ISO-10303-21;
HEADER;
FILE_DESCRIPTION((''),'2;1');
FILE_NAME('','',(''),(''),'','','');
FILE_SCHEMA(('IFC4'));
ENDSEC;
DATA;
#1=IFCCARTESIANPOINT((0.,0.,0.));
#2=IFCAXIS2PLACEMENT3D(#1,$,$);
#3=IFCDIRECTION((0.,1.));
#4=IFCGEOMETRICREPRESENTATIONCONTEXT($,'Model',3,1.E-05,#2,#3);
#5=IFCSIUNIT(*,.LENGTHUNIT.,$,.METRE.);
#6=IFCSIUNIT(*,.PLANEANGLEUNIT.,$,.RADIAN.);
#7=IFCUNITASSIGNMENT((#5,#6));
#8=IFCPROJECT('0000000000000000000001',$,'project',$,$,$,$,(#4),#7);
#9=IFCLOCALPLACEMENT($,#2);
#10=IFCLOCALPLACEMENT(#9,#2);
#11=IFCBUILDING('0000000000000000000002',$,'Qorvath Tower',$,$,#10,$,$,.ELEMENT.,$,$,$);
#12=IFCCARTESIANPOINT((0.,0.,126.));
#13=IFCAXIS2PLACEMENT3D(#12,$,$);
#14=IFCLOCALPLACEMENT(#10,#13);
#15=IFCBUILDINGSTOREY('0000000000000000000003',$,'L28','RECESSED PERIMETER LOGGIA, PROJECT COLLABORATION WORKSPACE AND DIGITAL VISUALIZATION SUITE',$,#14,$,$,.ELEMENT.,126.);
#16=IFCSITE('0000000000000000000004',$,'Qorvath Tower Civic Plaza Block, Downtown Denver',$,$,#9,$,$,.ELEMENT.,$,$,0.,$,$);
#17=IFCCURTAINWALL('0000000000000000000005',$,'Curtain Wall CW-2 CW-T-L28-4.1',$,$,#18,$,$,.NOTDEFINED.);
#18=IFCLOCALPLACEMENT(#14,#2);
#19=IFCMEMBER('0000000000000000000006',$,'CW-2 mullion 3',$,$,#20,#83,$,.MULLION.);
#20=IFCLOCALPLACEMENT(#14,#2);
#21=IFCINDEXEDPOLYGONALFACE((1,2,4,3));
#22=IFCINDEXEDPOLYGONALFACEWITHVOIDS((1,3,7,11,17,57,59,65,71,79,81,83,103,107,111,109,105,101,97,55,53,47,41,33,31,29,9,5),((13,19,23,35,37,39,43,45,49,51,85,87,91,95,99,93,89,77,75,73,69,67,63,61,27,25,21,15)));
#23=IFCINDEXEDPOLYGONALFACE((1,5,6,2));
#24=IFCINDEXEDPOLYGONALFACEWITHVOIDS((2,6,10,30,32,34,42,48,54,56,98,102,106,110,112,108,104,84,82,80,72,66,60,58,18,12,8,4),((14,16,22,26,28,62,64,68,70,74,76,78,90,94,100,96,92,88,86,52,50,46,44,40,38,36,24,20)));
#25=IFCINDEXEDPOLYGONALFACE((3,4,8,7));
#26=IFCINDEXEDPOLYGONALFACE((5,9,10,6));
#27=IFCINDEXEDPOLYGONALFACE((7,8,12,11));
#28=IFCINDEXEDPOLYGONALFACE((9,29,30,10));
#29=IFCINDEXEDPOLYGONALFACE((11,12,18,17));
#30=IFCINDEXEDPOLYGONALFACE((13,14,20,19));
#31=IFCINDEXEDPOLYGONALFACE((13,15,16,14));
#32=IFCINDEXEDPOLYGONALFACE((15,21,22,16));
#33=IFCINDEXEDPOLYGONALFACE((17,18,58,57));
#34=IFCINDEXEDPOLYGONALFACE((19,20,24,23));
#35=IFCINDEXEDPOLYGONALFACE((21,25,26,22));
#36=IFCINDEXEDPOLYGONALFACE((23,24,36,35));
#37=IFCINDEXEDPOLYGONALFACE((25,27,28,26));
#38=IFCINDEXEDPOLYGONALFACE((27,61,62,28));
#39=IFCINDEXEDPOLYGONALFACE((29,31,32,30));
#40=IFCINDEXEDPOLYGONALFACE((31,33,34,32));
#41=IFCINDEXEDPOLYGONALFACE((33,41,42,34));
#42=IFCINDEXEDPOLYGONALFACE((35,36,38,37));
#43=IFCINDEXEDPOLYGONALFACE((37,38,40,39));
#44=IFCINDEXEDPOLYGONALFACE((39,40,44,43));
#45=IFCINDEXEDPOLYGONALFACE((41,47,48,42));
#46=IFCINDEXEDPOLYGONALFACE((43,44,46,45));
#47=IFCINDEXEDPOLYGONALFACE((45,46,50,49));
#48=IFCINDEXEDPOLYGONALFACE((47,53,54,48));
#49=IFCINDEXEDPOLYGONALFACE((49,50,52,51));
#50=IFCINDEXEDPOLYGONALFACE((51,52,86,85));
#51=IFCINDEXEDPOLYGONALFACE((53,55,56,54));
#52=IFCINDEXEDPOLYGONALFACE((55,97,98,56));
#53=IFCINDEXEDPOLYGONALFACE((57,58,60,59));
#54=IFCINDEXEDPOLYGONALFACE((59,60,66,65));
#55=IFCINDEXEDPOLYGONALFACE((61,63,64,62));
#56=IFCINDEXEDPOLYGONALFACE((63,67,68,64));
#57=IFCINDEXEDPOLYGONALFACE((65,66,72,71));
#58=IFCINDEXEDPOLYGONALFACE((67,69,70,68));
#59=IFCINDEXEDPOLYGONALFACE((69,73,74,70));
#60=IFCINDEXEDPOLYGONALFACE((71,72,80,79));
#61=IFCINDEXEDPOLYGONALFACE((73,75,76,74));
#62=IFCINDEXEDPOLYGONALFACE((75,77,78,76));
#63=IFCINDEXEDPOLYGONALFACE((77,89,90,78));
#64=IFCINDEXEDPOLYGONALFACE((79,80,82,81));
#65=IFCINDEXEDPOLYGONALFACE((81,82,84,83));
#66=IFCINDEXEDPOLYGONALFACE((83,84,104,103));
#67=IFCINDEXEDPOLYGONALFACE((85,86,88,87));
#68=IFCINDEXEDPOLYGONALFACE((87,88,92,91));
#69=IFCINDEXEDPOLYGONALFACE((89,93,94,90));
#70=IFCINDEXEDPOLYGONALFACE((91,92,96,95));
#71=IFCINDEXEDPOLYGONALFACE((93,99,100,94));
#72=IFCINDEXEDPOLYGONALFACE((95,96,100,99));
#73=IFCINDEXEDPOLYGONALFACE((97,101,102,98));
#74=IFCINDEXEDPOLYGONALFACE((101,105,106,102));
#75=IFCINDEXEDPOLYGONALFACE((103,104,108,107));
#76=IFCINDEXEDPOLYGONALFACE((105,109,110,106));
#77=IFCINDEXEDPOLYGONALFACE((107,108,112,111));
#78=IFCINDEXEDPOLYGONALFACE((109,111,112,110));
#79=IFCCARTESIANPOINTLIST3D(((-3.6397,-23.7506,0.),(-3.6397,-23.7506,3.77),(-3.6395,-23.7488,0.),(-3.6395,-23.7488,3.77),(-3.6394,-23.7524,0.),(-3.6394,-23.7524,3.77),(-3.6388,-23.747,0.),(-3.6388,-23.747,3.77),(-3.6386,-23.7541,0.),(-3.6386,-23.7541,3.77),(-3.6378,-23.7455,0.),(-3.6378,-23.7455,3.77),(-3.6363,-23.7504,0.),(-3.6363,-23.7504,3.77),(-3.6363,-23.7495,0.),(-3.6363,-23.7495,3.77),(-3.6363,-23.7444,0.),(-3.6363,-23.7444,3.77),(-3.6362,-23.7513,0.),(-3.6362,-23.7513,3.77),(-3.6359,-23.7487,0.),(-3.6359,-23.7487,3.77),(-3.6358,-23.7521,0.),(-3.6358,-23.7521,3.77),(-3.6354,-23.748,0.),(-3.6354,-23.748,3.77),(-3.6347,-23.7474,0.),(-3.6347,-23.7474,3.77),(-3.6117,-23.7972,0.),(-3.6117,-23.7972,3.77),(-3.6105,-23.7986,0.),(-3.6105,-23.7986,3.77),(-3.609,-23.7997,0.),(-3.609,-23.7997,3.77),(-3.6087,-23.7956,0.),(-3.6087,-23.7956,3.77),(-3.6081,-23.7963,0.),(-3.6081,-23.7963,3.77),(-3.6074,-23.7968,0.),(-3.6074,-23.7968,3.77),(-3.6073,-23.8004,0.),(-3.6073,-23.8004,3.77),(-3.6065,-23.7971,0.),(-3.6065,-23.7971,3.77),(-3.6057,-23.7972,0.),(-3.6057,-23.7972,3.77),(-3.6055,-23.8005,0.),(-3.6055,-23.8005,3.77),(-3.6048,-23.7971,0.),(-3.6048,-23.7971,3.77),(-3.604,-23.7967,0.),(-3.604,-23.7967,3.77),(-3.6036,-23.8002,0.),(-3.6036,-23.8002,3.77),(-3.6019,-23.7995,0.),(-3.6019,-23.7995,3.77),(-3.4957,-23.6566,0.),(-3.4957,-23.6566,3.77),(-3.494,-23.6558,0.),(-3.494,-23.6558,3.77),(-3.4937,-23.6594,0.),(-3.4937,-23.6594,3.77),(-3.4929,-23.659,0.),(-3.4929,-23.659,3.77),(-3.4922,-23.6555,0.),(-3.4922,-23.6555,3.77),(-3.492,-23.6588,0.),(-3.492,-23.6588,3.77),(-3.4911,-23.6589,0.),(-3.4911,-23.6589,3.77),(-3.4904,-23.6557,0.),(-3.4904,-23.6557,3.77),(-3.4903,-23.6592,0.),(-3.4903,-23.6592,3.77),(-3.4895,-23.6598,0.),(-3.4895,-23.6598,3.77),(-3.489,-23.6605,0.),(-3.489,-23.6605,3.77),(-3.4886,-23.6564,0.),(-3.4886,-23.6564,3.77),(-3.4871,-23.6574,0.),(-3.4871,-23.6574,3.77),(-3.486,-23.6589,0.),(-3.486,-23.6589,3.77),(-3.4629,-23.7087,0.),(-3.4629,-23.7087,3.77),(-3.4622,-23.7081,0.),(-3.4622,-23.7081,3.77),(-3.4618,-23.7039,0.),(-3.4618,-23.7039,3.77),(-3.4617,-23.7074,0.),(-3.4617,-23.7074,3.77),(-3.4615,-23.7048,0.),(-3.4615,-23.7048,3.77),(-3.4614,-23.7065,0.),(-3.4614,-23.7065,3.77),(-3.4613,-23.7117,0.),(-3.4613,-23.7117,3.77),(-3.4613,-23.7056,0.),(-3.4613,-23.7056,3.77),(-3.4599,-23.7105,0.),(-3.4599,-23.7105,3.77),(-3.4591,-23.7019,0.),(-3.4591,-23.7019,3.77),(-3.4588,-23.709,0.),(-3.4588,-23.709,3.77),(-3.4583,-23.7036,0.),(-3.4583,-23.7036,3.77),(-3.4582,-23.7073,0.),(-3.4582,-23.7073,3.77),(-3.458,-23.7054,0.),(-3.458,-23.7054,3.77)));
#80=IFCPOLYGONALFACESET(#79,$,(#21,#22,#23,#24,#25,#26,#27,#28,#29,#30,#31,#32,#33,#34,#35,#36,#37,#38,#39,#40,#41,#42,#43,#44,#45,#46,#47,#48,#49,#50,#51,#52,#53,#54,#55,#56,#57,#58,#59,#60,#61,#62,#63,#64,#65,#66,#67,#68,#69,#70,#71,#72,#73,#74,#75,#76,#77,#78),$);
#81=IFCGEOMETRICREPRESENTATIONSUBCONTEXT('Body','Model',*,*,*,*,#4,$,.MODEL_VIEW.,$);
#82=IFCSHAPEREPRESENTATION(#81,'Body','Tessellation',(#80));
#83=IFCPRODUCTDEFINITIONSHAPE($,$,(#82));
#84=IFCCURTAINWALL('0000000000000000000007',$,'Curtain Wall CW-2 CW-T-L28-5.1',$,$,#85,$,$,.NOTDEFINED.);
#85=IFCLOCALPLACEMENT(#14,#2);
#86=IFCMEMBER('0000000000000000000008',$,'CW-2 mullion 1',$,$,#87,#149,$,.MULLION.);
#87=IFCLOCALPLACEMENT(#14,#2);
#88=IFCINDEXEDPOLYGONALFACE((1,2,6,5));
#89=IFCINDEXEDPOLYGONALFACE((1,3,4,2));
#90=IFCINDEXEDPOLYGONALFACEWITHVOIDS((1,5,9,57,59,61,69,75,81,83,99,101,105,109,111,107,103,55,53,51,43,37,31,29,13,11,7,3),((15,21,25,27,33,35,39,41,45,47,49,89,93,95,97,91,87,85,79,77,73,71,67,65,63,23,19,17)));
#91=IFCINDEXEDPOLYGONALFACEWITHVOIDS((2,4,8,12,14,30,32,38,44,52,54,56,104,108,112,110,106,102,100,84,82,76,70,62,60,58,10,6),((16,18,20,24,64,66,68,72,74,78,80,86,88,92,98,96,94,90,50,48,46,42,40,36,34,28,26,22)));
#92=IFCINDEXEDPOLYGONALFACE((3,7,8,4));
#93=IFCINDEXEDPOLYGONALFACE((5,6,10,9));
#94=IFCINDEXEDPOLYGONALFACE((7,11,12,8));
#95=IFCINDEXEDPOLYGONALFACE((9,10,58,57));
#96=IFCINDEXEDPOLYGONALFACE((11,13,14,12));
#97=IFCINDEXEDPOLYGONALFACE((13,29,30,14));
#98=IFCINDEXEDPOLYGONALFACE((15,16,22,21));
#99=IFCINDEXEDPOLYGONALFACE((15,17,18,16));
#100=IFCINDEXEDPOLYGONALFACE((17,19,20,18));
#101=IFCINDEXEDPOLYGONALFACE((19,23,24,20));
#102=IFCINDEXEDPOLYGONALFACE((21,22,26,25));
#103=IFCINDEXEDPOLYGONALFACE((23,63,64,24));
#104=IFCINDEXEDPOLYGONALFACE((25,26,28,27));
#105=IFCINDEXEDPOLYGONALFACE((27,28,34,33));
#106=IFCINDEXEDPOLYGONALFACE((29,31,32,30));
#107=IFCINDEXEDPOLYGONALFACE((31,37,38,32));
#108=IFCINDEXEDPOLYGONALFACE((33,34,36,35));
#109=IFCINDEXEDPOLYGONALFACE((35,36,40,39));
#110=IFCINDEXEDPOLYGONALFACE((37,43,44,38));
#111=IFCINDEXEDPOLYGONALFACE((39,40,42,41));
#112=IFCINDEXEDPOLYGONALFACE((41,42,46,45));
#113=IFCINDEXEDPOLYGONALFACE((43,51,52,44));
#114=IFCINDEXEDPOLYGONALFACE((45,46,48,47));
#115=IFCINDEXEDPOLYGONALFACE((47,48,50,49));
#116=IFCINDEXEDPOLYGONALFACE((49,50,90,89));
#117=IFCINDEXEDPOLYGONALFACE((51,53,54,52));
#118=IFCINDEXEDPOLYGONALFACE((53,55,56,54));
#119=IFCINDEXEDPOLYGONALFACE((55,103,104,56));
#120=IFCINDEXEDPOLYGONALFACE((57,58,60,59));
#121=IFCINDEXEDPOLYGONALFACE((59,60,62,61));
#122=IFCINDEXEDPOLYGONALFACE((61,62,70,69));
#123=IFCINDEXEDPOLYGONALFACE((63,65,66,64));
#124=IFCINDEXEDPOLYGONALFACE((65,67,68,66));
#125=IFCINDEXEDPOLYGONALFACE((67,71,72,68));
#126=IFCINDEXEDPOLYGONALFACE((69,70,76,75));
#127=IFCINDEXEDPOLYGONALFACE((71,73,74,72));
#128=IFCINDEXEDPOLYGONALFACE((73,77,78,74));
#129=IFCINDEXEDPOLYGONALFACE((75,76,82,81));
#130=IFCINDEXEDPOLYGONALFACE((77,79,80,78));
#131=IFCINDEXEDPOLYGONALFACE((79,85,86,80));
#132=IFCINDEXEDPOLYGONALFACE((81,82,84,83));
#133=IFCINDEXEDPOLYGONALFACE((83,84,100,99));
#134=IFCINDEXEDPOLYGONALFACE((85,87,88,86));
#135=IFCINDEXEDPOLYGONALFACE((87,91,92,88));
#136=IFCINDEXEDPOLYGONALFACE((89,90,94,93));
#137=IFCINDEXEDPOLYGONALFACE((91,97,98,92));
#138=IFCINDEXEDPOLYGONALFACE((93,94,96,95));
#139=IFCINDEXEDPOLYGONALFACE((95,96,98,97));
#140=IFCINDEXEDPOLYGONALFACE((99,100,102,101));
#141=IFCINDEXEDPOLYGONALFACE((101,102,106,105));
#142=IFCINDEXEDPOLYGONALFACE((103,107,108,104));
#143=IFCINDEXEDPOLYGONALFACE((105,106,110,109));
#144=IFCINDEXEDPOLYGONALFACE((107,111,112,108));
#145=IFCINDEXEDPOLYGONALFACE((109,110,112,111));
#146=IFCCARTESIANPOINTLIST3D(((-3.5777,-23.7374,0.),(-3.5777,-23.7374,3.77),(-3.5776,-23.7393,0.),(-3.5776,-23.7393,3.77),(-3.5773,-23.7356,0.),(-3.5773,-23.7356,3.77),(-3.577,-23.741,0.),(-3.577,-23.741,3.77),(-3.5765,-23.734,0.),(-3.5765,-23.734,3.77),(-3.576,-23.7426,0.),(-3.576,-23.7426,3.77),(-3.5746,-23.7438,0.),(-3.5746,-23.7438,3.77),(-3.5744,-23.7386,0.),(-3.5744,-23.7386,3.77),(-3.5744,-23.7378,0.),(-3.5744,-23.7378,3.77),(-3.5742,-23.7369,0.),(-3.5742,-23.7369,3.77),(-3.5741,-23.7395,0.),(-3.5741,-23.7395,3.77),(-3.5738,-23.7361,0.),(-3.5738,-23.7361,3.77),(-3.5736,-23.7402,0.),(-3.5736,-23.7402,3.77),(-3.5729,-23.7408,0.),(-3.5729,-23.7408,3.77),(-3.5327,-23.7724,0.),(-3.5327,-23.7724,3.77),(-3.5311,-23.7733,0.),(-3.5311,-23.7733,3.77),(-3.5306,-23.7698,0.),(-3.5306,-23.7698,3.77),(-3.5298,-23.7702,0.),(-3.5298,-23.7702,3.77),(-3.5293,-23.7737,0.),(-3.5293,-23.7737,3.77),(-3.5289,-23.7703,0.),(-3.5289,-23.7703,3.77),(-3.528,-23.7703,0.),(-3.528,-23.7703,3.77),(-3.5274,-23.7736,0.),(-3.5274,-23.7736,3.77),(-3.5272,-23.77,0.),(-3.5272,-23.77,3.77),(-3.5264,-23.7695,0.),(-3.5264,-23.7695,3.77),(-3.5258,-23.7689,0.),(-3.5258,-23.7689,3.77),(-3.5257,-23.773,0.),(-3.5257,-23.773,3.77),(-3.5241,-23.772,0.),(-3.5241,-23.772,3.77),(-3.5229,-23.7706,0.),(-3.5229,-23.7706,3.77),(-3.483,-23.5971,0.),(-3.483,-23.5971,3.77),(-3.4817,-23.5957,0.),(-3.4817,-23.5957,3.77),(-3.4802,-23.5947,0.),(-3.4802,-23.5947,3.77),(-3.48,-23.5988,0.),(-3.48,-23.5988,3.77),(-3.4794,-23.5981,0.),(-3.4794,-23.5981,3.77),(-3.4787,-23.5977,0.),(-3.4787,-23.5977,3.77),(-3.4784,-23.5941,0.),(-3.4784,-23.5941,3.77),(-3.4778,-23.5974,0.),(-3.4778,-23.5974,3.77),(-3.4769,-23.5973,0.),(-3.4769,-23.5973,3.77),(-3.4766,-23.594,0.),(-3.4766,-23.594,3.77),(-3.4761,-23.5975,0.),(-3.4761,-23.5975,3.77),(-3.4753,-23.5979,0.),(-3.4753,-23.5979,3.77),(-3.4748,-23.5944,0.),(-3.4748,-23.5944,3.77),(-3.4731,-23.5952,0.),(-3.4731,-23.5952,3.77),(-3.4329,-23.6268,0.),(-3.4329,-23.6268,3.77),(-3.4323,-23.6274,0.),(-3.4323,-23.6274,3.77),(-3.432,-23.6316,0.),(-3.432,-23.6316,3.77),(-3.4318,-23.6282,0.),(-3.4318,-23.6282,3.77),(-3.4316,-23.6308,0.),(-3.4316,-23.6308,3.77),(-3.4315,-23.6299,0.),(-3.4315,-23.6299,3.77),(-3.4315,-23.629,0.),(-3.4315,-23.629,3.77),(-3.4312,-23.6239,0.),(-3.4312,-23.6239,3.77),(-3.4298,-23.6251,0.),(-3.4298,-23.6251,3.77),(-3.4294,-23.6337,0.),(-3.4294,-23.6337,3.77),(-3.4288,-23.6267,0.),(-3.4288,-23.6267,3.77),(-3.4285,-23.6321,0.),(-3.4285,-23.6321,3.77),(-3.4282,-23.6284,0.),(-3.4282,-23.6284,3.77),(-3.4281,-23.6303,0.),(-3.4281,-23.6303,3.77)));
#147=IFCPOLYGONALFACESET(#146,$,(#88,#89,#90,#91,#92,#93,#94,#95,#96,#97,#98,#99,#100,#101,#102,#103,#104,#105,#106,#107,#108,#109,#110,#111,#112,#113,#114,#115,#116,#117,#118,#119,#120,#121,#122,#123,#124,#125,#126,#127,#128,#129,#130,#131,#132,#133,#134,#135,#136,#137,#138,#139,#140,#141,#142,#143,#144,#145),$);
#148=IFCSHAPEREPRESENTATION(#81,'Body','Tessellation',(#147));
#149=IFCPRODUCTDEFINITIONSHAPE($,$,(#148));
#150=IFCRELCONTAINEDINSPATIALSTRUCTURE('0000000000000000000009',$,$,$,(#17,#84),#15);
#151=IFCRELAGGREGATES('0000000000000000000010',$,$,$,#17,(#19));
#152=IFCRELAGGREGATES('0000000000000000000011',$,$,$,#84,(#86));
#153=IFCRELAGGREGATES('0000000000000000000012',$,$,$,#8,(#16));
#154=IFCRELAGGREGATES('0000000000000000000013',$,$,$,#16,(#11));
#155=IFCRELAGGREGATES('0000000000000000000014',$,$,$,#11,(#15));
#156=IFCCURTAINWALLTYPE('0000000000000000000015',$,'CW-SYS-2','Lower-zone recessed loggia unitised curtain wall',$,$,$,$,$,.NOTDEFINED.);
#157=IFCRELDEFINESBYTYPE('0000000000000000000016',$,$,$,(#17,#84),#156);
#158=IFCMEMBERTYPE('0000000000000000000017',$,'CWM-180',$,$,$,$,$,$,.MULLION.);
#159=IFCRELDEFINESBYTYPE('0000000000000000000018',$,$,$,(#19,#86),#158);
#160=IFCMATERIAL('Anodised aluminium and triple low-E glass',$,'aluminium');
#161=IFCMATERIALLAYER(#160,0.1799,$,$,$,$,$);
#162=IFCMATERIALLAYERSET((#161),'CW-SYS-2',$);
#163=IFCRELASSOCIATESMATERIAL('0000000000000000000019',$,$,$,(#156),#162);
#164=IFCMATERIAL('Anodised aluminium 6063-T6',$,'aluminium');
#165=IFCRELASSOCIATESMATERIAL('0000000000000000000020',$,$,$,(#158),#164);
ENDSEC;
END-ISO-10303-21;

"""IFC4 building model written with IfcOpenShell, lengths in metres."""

from ifc_helpers import new_model, si_unit, direction, frame, origin, origin_2d, place, context, subcontext, project, spatial, hollow_rectangle, extrude, material, layer, layer_set, material_profile, profile_set, type_object, element, aggregate, save


model = new_model("IFC4")

# Units and contexts
model_context = context("Model", 3, precision=1e-05, world=origin(), true_north=direction((0.0, 1.0)))
body_context = subcontext(model_context, "Body", "Model", "MODEL_VIEW")
ifc_project = project(units=[si_unit("LENGTHUNIT", "METRE"), si_unit("PLANEANGLEUNIT", "RADIAN")], contexts=[model_context])

# Site, building, storey
site_placement = place(None, origin())
site = spatial("IfcSite", under=ifc_project, at=site_placement, Name="Qorvath Tower Civic Plaza Block, Downtown Denver", CompositionType="ELEMENT", RefElevation=0.0)
building_placement = place(site_placement, origin())
building = spatial("IfcBuilding", under=site, at=building_placement, Name="Qorvath Tower", CompositionType="ELEMENT")
storey_placement = place(building_placement, frame((0.0, 0.0, 126.0)))
storey = spatial("IfcBuildingStorey", under=building, at=storey_placement, Name="L28", Description="RECESSED PERIMETER LOGGIA, PROJECT COLLABORATION WORKSPACE AND DIGITAL VISUALIZATION SUITE", CompositionType="ELEMENT", Elevation=126.0)

# Curtain walls, members
ifc_material_1 = material(Name="Anodised aluminium and triple low-E glass", Category="aluminium")
ifc_layer_1 = layer(ifc_material_1, 0.1799)
ifc_layer_set_1 = layer_set([ifc_layer_1], Name="CW-SYS-2")
curtain_wall_type = type_object("IfcCurtainWallType", Name="CW-SYS-2", Description="Lower-zone recessed loggia unitised curtain wall", PredefinedType="NOTDEFINED", material=ifc_layer_set_1)
curtain_wall_1_placement = place(storey_placement, origin())
curtain_wall_1 = element("IfcCurtainWall", 1, at=curtain_wall_1_placement, inside=storey, type_object=curtain_wall_type, Name="Curtain Wall CW-2 CW-T-L28-4.1", PredefinedType="NOTDEFINED")
ifc_material_2 = material(Name="Anodised aluminium 6063-T6", Category="aluminium")
ifc_material_profile_1 = material_profile(ifc_material_2, hollow_rectangle(XDim=0.0649, YDim=0.1799, WallThickness=0.0034, InnerFilletRadius=0.0034, OuterFilletRadius=0.0071, at=origin_2d()), Name="CWM 180x65")
ifc_profile_set_1 = profile_set([ifc_material_profile_1], Name="Anodised aluminium 6063-T6")
member_type_1 = type_object("IfcMemberType", Name="CWM-180", PredefinedType="MULLION", material=ifc_profile_set_1)
member_1_placement = place(storey_placement, frame((-3.5488, -23.728, 0.0), z_axis=(0.0, 0.0, 1.0), x_axis=(-0.529503, 0.848308, 0.0)))
member_1 = element("IfcMember", 2, at=member_1_placement, type_object=member_type_1, Name="CW-2 mullion 3", PredefinedType="MULLION", context=body_context, shape_type="SweptSolid", body=[
    extrude(hollow_rectangle(XDim=0.0649, YDim=0.1799, WallThickness=0.0034, InnerFilletRadius=0.0034, OuterFilletRadius=0.0071, at=origin_2d()), origin(), (0.0, 0.0, 1.0), 3.77),
])
curtain_wall_2_placement = place(storey_placement, origin())
curtain_wall_2 = element("IfcCurtainWall", 3, at=curtain_wall_2_placement, inside=storey, type_object=curtain_wall_type, Name="Curtain Wall CW-2 CW-T-L28-5.1", PredefinedType="NOTDEFINED")
member_2_placement = place(storey_placement, frame((-3.5029, -23.6838, 0.0), z_axis=(0.0, 0.0, 1.0), x_axis=(-0.825663, 0.564164, 0.0)))
member_2 = element("IfcMember", 4, at=member_2_placement, type_object=member_type_1, Name="CW-2 mullion 1", PredefinedType="MULLION", context=body_context, shape_type="SweptSolid", body=[
    extrude(hollow_rectangle(XDim=0.0649, YDim=0.1799, WallThickness=0.0034, InnerFilletRadius=0.0034, OuterFilletRadius=0.0071, at=origin_2d()), origin(), (0.0, 0.0, 1.0), 3.77),
])

aggregate(curtain_wall_1, [member_1])
aggregate(curtain_wall_2, [member_2])

save(model, "model.ifc")
